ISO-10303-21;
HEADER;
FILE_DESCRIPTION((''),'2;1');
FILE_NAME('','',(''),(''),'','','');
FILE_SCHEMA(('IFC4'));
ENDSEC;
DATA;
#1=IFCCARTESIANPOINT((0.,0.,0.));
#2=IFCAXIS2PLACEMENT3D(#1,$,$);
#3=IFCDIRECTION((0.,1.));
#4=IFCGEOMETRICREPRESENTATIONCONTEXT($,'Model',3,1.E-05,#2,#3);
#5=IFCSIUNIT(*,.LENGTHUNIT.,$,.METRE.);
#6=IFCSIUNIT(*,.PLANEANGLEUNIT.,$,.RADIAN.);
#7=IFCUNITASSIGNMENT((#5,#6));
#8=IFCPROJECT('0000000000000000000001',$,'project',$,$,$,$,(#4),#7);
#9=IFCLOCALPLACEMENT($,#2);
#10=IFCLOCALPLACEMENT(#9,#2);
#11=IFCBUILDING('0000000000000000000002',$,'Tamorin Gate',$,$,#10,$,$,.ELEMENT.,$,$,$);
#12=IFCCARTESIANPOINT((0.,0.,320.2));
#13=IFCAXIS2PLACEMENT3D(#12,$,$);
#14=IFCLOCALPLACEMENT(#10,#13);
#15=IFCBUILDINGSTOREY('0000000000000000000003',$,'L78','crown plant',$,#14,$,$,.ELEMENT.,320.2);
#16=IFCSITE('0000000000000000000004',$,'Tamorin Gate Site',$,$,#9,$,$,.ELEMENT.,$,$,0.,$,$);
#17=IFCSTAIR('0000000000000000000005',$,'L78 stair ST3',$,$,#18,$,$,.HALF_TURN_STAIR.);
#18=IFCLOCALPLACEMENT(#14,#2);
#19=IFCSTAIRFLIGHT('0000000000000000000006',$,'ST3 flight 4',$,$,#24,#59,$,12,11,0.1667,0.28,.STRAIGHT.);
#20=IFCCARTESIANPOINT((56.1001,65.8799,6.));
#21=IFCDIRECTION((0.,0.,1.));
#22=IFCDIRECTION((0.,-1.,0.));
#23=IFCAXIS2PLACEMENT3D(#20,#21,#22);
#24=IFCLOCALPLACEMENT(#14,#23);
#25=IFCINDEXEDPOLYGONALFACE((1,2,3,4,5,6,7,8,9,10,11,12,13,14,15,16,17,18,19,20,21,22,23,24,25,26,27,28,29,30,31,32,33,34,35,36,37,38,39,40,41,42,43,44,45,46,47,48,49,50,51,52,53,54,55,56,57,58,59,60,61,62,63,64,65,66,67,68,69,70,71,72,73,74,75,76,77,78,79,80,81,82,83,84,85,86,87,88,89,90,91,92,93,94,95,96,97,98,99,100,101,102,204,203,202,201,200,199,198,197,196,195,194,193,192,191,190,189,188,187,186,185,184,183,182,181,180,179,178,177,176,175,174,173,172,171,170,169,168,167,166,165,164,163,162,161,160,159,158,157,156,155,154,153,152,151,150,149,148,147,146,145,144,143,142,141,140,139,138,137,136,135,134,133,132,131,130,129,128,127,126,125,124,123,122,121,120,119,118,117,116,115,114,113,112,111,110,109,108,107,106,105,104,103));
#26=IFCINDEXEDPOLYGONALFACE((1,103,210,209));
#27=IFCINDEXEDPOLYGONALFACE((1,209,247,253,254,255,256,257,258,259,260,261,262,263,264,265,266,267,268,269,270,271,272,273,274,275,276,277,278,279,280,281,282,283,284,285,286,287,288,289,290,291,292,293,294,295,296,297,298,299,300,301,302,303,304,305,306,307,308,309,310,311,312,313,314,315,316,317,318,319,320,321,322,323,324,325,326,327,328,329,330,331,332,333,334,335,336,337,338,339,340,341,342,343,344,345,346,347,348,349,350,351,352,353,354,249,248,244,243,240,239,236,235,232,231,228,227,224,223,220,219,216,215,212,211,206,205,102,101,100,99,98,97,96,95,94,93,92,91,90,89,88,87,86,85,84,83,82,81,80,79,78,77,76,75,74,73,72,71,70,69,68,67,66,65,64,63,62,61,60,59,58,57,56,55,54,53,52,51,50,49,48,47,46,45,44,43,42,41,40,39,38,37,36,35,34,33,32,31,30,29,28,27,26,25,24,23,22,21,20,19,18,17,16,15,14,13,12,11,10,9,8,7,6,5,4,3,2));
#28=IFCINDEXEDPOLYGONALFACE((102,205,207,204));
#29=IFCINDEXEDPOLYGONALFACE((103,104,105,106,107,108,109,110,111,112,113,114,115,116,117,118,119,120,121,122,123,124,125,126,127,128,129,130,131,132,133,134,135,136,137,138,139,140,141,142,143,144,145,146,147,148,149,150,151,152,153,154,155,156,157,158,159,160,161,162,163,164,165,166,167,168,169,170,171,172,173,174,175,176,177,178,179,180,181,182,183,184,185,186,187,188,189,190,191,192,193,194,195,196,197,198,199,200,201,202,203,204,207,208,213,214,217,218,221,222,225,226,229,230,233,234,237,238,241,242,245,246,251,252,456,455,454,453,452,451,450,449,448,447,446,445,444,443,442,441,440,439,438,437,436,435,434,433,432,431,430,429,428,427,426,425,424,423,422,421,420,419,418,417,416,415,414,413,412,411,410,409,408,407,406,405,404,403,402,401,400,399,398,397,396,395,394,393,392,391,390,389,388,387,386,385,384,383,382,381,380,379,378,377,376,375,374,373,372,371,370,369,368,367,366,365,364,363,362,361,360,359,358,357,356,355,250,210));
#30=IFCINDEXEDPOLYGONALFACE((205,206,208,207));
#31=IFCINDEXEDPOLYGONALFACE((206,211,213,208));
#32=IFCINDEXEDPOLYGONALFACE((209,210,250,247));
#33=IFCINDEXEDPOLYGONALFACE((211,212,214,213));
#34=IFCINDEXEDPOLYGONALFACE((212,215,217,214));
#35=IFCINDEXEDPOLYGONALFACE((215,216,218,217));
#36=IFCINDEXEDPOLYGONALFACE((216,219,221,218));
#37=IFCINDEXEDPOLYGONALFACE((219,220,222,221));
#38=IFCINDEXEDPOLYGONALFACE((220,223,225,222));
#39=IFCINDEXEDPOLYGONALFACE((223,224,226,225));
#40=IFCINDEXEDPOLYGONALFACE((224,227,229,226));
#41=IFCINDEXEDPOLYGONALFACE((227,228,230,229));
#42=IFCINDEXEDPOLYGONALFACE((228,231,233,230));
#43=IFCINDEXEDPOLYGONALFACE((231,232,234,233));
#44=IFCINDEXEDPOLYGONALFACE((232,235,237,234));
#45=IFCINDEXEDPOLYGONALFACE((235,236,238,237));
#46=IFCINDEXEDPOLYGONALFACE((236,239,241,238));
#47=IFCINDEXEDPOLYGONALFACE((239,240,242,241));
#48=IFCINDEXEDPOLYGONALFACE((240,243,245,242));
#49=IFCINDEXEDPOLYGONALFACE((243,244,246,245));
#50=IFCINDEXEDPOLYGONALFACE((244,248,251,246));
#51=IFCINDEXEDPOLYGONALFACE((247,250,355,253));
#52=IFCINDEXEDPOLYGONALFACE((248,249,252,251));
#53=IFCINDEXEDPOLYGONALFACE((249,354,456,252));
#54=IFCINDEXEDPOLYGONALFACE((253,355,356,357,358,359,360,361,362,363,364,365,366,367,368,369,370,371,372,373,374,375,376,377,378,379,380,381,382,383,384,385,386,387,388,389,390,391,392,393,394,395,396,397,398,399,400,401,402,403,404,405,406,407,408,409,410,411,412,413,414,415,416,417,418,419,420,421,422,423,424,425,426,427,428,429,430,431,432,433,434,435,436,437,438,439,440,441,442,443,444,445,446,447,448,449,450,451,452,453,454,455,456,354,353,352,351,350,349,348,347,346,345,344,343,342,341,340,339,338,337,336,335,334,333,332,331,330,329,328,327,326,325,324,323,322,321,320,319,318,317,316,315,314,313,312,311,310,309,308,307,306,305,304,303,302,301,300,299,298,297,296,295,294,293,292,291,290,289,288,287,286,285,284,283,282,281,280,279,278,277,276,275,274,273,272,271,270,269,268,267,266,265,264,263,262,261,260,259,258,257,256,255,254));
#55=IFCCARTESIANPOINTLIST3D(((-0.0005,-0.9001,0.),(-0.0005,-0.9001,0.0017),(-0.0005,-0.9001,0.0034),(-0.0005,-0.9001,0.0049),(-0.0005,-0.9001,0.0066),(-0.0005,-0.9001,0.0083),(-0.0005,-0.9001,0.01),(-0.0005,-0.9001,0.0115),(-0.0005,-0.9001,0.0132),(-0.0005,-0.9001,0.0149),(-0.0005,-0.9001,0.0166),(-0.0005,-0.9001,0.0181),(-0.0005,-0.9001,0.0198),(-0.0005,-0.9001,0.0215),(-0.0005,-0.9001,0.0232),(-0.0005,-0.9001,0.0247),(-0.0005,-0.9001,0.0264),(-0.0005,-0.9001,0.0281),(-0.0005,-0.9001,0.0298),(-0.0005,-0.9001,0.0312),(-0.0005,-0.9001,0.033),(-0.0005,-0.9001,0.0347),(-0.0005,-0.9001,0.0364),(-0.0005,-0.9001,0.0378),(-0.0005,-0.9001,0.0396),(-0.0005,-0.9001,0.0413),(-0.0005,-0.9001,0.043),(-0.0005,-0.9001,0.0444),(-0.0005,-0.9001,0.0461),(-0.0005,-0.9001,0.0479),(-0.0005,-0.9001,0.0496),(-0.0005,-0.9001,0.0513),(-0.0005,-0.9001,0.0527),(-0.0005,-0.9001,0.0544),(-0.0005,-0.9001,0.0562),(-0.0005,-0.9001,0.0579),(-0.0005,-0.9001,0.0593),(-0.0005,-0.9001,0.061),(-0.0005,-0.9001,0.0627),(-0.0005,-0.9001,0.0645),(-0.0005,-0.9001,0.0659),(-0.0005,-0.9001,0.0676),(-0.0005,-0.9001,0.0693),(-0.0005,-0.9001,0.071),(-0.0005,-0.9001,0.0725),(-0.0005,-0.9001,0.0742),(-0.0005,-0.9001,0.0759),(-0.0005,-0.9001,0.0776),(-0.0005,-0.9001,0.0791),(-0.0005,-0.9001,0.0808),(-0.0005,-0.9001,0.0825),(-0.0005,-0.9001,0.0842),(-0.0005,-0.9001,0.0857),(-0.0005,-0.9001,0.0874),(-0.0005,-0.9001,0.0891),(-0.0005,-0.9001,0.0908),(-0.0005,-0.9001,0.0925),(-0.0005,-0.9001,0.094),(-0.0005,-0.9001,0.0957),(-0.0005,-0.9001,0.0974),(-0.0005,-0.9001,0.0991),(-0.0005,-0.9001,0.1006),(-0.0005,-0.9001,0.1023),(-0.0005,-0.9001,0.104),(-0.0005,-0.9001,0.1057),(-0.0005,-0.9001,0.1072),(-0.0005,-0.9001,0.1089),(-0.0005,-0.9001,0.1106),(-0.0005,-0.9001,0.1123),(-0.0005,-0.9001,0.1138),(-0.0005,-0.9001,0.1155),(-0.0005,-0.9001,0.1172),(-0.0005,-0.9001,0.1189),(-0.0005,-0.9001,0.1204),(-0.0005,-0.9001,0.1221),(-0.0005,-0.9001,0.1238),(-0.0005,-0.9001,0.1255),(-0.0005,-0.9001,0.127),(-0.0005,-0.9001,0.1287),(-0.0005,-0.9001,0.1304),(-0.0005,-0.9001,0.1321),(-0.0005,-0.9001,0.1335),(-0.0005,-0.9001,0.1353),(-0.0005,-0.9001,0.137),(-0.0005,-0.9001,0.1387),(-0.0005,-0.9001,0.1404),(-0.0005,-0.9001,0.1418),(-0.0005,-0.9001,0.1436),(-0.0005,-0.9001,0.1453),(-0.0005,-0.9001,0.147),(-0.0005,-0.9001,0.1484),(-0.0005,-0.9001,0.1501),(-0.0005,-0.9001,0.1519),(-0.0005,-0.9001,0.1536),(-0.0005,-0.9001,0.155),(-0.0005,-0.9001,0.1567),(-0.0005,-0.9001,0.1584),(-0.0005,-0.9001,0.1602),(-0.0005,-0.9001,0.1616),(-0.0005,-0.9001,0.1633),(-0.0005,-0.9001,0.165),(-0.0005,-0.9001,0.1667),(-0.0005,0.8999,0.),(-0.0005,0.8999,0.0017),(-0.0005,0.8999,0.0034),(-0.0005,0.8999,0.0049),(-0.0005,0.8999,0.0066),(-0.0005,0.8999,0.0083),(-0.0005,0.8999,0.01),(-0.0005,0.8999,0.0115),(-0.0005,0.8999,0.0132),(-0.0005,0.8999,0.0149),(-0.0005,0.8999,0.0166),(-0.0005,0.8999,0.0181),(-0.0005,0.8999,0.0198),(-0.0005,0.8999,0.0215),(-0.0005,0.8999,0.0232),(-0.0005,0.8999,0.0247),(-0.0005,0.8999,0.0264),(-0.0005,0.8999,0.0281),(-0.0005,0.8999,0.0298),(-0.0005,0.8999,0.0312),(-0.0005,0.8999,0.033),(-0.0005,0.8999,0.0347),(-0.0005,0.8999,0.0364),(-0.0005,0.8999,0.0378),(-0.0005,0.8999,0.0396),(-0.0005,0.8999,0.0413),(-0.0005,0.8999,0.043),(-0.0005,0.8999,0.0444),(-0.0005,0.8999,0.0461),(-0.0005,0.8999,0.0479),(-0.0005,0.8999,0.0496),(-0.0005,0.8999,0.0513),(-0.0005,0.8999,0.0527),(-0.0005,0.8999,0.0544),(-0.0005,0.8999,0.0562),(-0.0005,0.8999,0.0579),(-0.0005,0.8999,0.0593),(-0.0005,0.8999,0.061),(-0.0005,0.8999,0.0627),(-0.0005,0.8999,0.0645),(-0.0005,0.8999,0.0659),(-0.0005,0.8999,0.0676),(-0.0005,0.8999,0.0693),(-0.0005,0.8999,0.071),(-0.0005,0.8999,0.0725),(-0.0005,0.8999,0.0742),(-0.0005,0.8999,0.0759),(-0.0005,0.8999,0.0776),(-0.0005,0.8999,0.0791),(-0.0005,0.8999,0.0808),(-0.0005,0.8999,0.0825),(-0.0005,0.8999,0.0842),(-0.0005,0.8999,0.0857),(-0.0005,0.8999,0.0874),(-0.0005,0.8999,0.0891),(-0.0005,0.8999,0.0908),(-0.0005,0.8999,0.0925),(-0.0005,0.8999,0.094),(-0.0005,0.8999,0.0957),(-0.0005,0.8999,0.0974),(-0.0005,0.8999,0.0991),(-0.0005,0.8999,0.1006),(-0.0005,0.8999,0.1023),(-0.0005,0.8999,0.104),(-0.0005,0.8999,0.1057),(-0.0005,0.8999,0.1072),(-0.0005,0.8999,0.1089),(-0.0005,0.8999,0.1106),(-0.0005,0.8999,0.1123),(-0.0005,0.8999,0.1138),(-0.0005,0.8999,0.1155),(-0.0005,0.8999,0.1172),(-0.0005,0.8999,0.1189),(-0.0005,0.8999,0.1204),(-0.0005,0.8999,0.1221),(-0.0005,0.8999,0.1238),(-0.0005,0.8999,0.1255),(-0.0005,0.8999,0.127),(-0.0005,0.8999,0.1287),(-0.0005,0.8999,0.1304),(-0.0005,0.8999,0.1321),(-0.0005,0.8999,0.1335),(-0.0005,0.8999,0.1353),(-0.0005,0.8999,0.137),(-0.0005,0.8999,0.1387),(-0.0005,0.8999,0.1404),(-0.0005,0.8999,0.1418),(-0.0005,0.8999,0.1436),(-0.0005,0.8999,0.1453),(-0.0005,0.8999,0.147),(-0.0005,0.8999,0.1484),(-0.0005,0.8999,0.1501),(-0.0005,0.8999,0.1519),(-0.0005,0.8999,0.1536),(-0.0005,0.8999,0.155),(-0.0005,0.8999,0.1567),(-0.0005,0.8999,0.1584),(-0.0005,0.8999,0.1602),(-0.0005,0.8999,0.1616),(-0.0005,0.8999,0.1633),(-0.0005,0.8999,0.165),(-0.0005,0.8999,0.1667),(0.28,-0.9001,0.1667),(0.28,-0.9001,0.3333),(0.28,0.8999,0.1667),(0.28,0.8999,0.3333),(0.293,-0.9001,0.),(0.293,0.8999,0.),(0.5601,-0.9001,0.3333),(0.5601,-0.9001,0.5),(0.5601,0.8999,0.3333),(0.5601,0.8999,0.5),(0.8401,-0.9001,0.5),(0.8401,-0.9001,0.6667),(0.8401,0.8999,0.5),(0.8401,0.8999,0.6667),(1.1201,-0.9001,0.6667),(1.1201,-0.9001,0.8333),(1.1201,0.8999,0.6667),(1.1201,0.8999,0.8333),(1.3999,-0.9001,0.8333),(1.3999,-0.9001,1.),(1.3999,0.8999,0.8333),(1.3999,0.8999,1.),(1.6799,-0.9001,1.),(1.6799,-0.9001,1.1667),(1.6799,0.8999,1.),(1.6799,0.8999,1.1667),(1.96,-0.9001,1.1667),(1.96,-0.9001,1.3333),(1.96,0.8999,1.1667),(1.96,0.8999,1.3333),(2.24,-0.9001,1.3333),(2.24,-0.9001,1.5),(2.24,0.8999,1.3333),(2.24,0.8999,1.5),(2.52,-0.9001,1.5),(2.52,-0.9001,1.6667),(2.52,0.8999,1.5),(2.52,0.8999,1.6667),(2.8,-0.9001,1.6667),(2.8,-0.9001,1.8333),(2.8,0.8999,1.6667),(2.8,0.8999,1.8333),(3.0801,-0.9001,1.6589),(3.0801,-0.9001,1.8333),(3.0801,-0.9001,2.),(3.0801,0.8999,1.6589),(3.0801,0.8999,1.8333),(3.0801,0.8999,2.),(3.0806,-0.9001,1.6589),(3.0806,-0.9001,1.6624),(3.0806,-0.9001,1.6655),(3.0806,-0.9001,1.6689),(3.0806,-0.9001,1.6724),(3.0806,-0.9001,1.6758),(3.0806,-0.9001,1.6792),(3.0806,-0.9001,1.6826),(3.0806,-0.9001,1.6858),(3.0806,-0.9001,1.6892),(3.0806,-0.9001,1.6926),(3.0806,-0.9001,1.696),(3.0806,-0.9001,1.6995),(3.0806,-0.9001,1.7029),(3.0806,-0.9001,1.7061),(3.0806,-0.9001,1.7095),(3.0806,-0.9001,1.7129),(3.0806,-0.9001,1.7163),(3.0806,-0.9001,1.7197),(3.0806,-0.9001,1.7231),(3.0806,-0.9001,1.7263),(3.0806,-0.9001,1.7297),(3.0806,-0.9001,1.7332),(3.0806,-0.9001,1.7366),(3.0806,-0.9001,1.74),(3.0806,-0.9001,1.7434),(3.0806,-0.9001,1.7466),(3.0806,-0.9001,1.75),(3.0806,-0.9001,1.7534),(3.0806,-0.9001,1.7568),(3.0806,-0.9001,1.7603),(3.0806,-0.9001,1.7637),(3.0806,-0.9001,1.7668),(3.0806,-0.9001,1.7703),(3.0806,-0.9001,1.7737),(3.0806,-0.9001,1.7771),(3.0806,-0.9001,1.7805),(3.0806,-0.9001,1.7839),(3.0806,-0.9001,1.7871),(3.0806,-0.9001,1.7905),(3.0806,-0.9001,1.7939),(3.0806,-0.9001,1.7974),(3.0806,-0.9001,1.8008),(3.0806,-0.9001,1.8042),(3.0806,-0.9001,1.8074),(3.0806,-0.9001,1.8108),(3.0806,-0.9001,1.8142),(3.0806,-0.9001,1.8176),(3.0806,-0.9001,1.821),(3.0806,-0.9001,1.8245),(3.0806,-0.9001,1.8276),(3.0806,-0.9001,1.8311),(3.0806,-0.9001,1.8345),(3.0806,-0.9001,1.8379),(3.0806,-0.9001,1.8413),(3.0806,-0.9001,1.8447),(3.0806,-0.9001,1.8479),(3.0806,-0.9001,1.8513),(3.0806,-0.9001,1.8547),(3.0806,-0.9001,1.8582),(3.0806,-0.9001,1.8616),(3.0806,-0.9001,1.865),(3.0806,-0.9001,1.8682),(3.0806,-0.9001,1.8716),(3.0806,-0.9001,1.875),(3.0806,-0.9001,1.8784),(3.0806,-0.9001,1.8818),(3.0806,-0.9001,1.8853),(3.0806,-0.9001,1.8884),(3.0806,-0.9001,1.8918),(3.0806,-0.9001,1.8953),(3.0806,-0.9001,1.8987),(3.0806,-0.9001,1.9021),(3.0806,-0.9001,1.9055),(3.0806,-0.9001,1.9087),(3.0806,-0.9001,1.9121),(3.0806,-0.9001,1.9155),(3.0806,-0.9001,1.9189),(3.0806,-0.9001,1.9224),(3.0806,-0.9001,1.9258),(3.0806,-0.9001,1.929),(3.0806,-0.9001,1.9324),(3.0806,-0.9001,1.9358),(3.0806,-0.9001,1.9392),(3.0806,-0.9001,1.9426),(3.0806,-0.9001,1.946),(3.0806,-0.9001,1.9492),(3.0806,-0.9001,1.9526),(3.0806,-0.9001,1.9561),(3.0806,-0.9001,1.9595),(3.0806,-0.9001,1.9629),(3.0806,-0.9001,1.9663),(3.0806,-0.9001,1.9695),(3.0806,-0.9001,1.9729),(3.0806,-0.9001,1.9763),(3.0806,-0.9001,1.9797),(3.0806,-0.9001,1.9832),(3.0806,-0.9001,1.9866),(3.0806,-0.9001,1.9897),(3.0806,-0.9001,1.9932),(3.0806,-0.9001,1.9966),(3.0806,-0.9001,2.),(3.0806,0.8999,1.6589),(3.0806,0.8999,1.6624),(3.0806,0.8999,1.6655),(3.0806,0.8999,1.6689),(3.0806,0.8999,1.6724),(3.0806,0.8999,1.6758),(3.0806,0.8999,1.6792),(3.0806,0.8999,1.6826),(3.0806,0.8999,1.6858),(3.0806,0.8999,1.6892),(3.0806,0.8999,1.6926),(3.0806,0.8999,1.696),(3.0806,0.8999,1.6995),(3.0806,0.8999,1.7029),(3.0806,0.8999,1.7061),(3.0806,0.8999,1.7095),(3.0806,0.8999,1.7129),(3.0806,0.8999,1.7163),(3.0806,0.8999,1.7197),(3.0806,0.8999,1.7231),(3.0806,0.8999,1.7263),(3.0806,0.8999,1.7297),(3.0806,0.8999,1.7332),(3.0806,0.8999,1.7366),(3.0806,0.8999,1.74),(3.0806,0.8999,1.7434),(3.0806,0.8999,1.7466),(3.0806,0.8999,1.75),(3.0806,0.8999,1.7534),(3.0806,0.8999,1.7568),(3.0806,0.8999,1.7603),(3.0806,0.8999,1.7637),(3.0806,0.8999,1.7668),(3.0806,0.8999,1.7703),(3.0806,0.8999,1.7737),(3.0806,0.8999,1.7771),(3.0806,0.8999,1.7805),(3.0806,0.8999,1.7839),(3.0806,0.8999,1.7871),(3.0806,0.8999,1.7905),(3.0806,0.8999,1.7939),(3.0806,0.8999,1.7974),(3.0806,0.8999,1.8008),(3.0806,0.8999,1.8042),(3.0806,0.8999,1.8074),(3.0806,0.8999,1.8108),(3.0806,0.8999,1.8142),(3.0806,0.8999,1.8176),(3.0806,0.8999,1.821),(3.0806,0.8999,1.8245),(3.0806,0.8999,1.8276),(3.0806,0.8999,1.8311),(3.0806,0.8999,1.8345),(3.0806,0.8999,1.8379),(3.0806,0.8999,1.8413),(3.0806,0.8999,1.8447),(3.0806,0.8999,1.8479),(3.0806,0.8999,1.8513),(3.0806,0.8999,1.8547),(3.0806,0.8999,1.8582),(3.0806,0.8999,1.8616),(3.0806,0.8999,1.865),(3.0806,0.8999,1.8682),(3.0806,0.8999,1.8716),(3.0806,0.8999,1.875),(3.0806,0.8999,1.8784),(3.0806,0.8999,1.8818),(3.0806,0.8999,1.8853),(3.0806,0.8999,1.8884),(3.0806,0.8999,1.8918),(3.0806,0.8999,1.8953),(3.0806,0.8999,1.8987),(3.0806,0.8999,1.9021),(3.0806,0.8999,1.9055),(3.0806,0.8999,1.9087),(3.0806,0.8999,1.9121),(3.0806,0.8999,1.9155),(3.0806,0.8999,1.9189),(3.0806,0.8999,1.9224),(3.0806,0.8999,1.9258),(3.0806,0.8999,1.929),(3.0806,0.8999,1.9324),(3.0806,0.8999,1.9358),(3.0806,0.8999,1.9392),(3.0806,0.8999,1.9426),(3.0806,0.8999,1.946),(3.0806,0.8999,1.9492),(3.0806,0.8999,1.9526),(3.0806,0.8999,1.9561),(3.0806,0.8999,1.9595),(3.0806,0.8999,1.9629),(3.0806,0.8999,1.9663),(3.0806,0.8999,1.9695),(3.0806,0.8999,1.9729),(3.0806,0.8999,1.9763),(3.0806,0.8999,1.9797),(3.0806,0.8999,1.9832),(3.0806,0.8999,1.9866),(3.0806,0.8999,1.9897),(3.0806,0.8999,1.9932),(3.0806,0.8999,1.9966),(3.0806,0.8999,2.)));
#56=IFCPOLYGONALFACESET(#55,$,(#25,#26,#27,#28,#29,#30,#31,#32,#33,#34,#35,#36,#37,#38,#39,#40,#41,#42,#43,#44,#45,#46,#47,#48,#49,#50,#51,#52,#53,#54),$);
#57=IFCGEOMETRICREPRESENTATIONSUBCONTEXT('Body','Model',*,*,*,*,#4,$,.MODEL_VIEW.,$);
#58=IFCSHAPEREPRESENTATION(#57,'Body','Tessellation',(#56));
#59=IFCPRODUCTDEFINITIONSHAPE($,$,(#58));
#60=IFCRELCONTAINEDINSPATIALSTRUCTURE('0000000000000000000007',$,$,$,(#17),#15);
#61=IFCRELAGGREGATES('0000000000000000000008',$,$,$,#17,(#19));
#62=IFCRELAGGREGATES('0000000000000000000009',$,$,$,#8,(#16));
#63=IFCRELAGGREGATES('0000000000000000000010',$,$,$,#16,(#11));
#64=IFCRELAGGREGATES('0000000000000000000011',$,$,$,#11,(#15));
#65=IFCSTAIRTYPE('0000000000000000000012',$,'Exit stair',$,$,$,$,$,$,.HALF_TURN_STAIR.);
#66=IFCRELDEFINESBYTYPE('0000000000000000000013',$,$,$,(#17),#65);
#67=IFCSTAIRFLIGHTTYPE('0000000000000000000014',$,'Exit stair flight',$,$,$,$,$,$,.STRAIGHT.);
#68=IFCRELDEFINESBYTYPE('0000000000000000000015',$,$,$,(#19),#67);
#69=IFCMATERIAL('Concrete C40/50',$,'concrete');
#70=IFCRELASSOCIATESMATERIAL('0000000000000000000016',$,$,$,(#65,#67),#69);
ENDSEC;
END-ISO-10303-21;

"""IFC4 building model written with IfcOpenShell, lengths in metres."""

from ifc_helpers import new_model, si_unit, direction, frame, origin, place, context, subcontext, project, spatial, polyline, outline, extrude, material, type_object, element, aggregate, save


model = new_model("IFC4")

# Units and contexts
model_context = context("Model", 3, precision=1e-05, world=origin(), true_north=direction((0.0, 1.0)))
body_context = subcontext(model_context, "Body", "Model", "MODEL_VIEW")
ifc_project = project(units=[si_unit("LENGTHUNIT", "METRE"), si_unit("PLANEANGLEUNIT", "RADIAN")], contexts=[model_context])

# Site, building, storey
site_placement = place(None, origin())
site = spatial("IfcSite", under=ifc_project, at=site_placement, Name="Tamorin Gate Site", CompositionType="ELEMENT", RefElevation=0.0)
building_placement = place(site_placement, origin())
building = spatial("IfcBuilding", under=site, at=building_placement, Name="Tamorin Gate", CompositionType="ELEMENT")
storey_placement = place(building_placement, frame((0.0, 0.0, 320.2)))
storey = spatial("IfcBuildingStorey", under=building, at=storey_placement, Name="L78", Description="crown plant", CompositionType="ELEMENT", Elevation=320.2)

# Shared definitions
ifc_material_1 = material(Name="Concrete C40/50", Category="concrete")

# Stair, stair flight
stair_type = type_object("IfcStairType", Name="Exit stair", PredefinedType="HALF_TURN_STAIR", material=ifc_material_1)
stair_placement = place(storey_placement, origin())
stair = element("IfcStair", 1, at=stair_placement, inside=storey, type_object=stair_type, Name="L78 stair ST3", PredefinedType="HALF_TURN_STAIR")
stair_flight_type = type_object("IfcStairFlightType", Name="Exit stair flight", PredefinedType="STRAIGHT", material=ifc_material_1)
stair_flight_placement = place(storey_placement, frame((56.1001, 65.8799, 6.0), z_axis=(0.0, 0.0, 1.0), x_axis=(0.0, -1.0, 0.0)))
stair_flight = element("IfcStairFlight", 2, at=stair_flight_placement, type_object=stair_flight_type, Name="ST3 flight 4", NumberOfRisers=12, NumberOfTreads=11, PredefinedType="STRAIGHT", RiserHeight=0.1667, TreadLength=0.28, context=body_context, shape_type="SweptSolid", body=[
    extrude(outline(polyline([(-0.0005, 0.0), (-0.0005, 0.0017), (-0.0005, 0.0034), (-0.0005, 0.0049), (-0.0005, 0.0066), (-0.0005, 0.0083), (-0.0005, 0.01), (-0.0005, 0.0115), (-0.0005, 0.0132), (-0.0005, 0.0149), (-0.0005, 0.0166), (-0.0005, 0.0181), (-0.0005, 0.0198), (-0.0005, 0.0215), (-0.0005, 0.0232), (-0.0005, 0.0247), (-0.0005, 0.0264), (-0.0005, 0.0281), (-0.0005, 0.0298), (-0.0005, 0.0312), (-0.0005, 0.033), (-0.0005, 0.0347), (-0.0005, 0.0364), (-0.0005, 0.0378), (-0.0005, 0.0396), (-0.0005, 0.0413), (-0.0005, 0.043), (-0.0005, 0.0444), (-0.0005, 0.0461), (-0.0005, 0.0479), (-0.0005, 0.0496), (-0.0005, 0.0513), (-0.0005, 0.0527), (-0.0005, 0.0544), (-0.0005, 0.0562), (-0.0005, 0.0579), (-0.0005, 0.0593), (-0.0005, 0.061), (-0.0005, 0.0627), (-0.0005, 0.0645), (-0.0005, 0.0659), (-0.0005, 0.0676), (-0.0005, 0.0693), (-0.0005, 0.071), (-0.0005, 0.0725), (-0.0005, 0.0742), (-0.0005, 0.0759), (-0.0005, 0.0776), (-0.0005, 0.0791), (-0.0005, 0.0808), (-0.0005, 0.0825), (-0.0005, 0.0842), (-0.0005, 0.0857), (-0.0005, 0.0874), (-0.0005, 0.0891), (-0.0005, 0.0908), (-0.0005, 0.0925), (-0.0005, 0.094), (-0.0005, 0.0957), (-0.0005, 0.0974), (-0.0005, 0.0991), (-0.0005, 0.1006), (-0.0005, 0.1023), (-0.0005, 0.104), (-0.0005, 0.1057), (-0.0005, 0.1072), (-0.0005, 0.1089), (-0.0005, 0.1106), (-0.0005, 0.1123), (-0.0005, 0.1138), (-0.0005, 0.1155), (-0.0005, 0.1172), (-0.0005, 0.1189), (-0.0005, 0.1204), (-0.0005, 0.1221), (-0.0005, 0.1238), (-0.0005, 0.1255), (-0.0005, 0.127), (-0.0005, 0.1287), (-0.0005, 0.1304), (-0.0005, 0.1321), (-0.0005, 0.1335), (-0.0005, 0.1353), (-0.0005, 0.137), (-0.0005, 0.1387), (-0.0005, 0.1404), (-0.0005, 0.1418), (-0.0005, 0.1436), (-0.0005, 0.1453), (-0.0005, 0.147), (-0.0005, 0.1484), (-0.0005, 0.1501), (-0.0005, 0.1519), (-0.0005, 0.1536), (-0.0005, 0.155), (-0.0005, 0.1567), (-0.0005, 0.1584), (-0.0005, 0.1602), (-0.0005, 0.1616), (-0.0005, 0.1633), (-0.0005, 0.165), (-0.0005, 0.1667), (0.28, 0.1667), (0.28, 0.3333), (0.5601, 0.3333), (0.5601, 0.5), (0.8401, 0.5), (0.8401, 0.6667), (1.1201, 0.6667), (1.1201, 0.8333), (1.3999, 0.8333), (1.3999, 1.0), (1.6799, 1.0), (1.6799, 1.1667), (1.96, 1.1667), (1.96, 1.3333), (2.24, 1.3333), (2.24, 1.5), (2.52, 1.5), (2.52, 1.6667), (2.8, 1.6667), (2.8, 1.8333), (3.0801, 1.8333), (3.0801, 2.0), (3.0806, 2.0), (3.0806, 1.9966), (3.0806, 1.9932), (3.0806, 1.9897), (3.0806, 1.9866), (3.0806, 1.9832), (3.0806, 1.9797), (3.0806, 1.9763), (3.0806, 1.9729), (3.0806, 1.9695), (3.0806, 1.9663), (3.0806, 1.9629), (3.0806, 1.9595), (3.0806, 1.9561), (3.0806, 1.9526), (3.0806, 1.9492), (3.0806, 1.946), (3.0806, 1.9426), (3.0806, 1.9392), (3.0806, 1.9358), (3.0806, 1.9324), (3.0806, 1.929), (3.0806, 1.9258), (3.0806, 1.9224), (3.0806, 1.9189), (3.0806, 1.9155), (3.0806, 1.9121), (3.0806, 1.9087), (3.0806, 1.9055), (3.0806, 1.9021), (3.0806, 1.8987), (3.0806, 1.8953), (3.0806, 1.8918), (3.0806, 1.8884), (3.0806, 1.8853), (3.0806, 1.8818), (3.0806, 1.8784), (3.0806, 1.875), (3.0806, 1.8716), (3.0806, 1.8682), (3.0806, 1.865), (3.0806, 1.8616), (3.0806, 1.8582), (3.0806, 1.8547), (3.0806, 1.8513), (3.0806, 1.8479), (3.0806, 1.8447), (3.0806, 1.8413), (3.0806, 1.8379), (3.0806, 1.8345), (3.0806, 1.8311), (3.0806, 1.8276), (3.0806, 1.8245), (3.0806, 1.821), (3.0806, 1.8176), (3.0806, 1.8142), (3.0806, 1.8108), (3.0806, 1.8074), (3.0806, 1.8042), (3.0806, 1.8008), (3.0806, 1.7974), (3.0806, 1.7939), (3.0806, 1.7905), (3.0806, 1.7871), (3.0806, 1.7839), (3.0806, 1.7805), (3.0806, 1.7771), (3.0806, 1.7737), (3.0806, 1.7703), (3.0806, 1.7668), (3.0806, 1.7637), (3.0806, 1.7603), (3.0806, 1.7568), (3.0806, 1.7534), (3.0806, 1.75), (3.0806, 1.7466), (3.0806, 1.7434), (3.0806, 1.74), (3.0806, 1.7366), (3.0806, 1.7332), (3.0806, 1.7297), (3.0806, 1.7263), (3.0806, 1.7231), (3.0806, 1.7197), (3.0806, 1.7163), (3.0806, 1.7129), (3.0806, 1.7095), (3.0806, 1.7061), (3.0806, 1.7029), (3.0806, 1.6995), (3.0806, 1.696), (3.0806, 1.6926), (3.0806, 1.6892), (3.0806, 1.6858), (3.0806, 1.6826), (3.0806, 1.6792), (3.0806, 1.6758), (3.0806, 1.6724), (3.0806, 1.6689), (3.0806, 1.6655), (3.0806, 1.6624), (3.0806, 1.6589), (3.0801, 1.6589), (0.293, 0.0), (-0.0005, 0.0)])), frame((0.0, 0.8999, 0.0), z_axis=(0.0, -1.0, 0.0), x_axis=(1.0, 0.0, 0.0)), (0.0, 0.0, 1.0), 1.8),
])
aggregate(stair, [stair_flight])

save(model, "model.ifc")
